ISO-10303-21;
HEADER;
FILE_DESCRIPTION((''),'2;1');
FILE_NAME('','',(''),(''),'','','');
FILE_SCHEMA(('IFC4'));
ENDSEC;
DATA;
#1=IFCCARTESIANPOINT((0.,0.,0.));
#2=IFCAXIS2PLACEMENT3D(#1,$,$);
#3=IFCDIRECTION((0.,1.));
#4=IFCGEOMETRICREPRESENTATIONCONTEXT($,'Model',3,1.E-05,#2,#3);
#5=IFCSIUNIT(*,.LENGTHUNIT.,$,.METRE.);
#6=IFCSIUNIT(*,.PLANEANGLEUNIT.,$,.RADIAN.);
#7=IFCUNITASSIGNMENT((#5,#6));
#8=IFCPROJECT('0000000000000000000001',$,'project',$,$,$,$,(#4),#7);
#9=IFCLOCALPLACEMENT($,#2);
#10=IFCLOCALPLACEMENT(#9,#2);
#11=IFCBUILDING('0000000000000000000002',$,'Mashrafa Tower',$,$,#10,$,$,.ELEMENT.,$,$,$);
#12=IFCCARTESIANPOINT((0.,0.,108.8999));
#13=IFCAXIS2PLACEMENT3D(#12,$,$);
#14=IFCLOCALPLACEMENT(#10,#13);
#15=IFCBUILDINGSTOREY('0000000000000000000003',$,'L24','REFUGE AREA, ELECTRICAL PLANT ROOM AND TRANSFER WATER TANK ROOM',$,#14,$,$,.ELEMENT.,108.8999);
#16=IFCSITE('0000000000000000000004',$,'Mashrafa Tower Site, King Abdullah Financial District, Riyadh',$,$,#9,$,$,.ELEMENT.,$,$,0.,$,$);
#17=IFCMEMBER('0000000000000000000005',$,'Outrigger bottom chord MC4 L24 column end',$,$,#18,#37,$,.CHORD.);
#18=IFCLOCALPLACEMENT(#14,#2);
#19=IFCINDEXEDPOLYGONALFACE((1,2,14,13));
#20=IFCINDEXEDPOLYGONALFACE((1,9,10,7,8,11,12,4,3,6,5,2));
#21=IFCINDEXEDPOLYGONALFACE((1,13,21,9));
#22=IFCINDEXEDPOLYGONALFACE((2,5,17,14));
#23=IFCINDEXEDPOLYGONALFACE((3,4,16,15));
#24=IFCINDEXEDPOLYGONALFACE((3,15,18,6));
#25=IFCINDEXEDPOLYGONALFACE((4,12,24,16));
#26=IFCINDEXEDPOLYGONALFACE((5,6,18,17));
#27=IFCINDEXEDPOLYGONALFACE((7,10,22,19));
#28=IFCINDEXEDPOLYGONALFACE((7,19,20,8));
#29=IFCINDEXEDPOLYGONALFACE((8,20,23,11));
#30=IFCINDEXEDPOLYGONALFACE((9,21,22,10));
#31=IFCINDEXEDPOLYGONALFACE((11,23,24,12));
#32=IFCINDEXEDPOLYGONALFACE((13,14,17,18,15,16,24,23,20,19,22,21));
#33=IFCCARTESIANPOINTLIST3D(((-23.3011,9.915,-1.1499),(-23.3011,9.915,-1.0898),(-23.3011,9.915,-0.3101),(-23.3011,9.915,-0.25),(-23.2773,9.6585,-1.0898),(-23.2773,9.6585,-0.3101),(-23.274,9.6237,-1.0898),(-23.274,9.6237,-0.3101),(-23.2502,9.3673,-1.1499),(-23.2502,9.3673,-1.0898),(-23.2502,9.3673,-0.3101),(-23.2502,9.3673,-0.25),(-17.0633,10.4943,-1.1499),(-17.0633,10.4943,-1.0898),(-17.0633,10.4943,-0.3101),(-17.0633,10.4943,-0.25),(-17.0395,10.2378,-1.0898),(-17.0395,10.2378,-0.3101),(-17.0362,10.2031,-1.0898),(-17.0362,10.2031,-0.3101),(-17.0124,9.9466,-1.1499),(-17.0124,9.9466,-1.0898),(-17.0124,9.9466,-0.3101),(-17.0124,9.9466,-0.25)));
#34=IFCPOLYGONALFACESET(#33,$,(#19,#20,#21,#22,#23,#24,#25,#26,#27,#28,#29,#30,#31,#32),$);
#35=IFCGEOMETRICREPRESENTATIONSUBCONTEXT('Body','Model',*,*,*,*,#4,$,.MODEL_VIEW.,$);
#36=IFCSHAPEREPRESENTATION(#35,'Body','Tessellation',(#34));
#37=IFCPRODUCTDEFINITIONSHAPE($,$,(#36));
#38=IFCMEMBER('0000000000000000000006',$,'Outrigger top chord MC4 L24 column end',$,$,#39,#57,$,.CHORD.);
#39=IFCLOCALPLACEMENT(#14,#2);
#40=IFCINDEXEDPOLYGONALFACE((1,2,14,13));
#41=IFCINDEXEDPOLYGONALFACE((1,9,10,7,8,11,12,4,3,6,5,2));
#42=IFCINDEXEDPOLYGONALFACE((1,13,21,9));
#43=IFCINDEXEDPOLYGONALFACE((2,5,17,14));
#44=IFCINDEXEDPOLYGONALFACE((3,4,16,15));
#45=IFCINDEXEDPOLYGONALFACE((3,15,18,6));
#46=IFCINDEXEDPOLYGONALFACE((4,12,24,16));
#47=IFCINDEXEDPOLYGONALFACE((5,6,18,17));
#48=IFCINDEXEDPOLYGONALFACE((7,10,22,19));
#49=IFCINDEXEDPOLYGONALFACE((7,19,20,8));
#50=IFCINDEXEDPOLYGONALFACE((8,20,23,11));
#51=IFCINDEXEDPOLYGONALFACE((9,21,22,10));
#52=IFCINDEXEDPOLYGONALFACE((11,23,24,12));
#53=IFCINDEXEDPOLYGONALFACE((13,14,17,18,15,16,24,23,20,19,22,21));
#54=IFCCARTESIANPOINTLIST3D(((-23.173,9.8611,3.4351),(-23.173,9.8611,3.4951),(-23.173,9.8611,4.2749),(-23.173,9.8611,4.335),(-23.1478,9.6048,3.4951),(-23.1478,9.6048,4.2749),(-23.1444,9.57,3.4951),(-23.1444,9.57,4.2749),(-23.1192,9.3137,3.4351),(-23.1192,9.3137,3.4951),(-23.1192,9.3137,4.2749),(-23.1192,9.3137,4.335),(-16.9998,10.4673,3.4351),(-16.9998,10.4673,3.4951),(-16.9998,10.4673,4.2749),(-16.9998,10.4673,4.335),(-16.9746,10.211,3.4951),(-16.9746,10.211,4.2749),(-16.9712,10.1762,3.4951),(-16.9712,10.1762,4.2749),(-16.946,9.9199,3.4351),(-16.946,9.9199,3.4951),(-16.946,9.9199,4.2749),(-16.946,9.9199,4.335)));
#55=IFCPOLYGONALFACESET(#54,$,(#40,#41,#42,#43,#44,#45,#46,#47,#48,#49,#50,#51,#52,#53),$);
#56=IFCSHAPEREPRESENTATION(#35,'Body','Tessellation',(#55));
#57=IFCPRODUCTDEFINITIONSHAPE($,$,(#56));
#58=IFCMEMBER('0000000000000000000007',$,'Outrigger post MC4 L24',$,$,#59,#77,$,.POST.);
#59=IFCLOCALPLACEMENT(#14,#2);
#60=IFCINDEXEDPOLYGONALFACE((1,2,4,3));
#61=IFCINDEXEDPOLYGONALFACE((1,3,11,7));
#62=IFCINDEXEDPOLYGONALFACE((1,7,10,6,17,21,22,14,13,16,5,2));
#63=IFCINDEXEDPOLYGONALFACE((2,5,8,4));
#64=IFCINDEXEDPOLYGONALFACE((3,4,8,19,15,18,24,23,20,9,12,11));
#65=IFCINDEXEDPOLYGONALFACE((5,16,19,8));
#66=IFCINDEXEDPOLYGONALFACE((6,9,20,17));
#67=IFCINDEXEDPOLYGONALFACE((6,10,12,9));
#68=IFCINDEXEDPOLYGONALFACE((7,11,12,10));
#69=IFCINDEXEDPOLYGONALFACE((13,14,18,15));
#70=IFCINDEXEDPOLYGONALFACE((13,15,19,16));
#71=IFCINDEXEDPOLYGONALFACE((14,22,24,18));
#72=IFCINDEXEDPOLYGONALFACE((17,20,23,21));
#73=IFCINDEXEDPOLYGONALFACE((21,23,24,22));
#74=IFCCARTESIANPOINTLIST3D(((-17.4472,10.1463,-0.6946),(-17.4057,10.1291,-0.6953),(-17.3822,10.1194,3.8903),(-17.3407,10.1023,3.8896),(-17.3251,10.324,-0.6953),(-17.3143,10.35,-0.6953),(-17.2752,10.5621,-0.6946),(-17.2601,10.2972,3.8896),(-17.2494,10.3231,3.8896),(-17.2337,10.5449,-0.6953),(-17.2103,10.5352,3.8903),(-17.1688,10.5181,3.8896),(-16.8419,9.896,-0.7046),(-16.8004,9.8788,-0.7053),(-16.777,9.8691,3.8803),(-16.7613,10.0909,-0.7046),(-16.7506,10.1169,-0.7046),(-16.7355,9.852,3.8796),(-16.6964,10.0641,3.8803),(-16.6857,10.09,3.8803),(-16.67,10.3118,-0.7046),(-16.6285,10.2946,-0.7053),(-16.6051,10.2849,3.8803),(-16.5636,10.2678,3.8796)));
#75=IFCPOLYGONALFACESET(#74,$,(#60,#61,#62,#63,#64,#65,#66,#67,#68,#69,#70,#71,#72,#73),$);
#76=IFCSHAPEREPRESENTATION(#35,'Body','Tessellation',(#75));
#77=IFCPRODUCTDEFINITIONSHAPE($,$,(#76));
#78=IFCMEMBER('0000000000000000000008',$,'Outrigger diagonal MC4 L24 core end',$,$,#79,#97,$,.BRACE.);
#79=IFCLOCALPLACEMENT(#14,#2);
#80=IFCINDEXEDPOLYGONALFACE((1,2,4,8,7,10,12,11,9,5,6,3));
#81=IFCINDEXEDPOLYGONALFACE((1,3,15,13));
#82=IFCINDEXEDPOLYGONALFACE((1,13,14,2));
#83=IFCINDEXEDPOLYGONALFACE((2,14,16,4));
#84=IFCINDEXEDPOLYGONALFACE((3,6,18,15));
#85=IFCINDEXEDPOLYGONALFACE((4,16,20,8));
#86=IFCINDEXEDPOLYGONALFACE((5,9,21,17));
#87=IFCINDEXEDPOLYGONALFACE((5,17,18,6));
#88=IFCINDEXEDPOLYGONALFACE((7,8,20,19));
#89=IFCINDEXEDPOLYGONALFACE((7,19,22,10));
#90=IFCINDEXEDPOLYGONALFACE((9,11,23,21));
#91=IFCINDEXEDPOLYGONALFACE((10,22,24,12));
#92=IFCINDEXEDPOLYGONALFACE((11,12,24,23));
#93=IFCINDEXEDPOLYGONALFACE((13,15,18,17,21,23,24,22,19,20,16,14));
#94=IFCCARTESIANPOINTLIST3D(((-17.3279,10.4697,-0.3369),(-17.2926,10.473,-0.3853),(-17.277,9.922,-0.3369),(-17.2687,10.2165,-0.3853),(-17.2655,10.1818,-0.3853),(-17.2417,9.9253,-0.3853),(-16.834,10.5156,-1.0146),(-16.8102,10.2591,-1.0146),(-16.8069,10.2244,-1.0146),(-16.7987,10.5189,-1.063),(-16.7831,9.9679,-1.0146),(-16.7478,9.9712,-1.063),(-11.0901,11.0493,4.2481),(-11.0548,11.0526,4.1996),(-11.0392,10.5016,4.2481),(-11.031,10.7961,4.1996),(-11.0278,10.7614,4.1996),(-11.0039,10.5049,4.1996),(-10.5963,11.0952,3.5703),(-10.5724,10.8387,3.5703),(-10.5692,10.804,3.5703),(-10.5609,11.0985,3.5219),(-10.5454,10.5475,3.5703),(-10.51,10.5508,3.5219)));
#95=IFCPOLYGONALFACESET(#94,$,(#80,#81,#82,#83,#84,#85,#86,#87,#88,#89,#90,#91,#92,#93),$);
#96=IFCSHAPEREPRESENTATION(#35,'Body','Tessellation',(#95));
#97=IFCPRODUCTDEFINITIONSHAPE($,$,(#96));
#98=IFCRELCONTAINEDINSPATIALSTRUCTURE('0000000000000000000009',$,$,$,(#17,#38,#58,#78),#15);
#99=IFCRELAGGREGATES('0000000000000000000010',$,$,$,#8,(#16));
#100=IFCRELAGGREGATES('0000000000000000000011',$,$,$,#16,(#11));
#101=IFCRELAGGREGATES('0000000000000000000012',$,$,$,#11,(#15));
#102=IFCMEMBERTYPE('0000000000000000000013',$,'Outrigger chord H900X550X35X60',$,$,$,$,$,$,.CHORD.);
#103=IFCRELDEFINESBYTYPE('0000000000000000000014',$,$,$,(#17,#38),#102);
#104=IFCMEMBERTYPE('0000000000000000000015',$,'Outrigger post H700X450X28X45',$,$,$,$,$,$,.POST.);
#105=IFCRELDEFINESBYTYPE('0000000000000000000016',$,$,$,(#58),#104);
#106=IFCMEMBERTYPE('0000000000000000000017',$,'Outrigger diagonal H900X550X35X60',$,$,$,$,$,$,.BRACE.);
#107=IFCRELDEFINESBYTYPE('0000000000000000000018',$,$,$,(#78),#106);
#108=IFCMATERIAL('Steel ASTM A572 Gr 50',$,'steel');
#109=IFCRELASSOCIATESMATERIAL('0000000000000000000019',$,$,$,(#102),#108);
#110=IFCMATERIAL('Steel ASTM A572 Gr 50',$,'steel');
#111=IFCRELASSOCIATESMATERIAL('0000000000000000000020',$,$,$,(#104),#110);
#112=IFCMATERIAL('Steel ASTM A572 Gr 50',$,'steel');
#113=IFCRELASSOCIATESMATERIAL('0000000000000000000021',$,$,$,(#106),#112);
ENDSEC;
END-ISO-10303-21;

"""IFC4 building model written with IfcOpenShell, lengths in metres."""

from ifc_helpers import new_model, si_unit, direction, frame, origin, origin_2d, place, context, subcontext, project, spatial, i_section, extrude, source, transform, mapped, material, material_profile, profile_set, type_object, type_shapes, element, save


model = new_model("IFC4")

# Units and contexts
model_context = context("Model", 3, precision=1e-05, world=origin(), true_north=direction((0.0, 1.0)))
body_context = subcontext(model_context, "Body", "Model", "MODEL_VIEW")
ifc_project = project(units=[si_unit("LENGTHUNIT", "METRE"), si_unit("PLANEANGLEUNIT", "RADIAN")], contexts=[model_context])

# Site, building, storey
site_placement = place(None, origin())
site = spatial("IfcSite", under=ifc_project, at=site_placement, Name="Mashrafa Tower Site, King Abdullah Financial District, Riyadh", CompositionType="ELEMENT", RefElevation=0.0)
building_placement = place(site_placement, origin())
building = spatial("IfcBuilding", under=site, at=building_placement, Name="Mashrafa Tower", CompositionType="ELEMENT")
storey_placement = place(building_placement, frame((0.0, 0.0, 108.8999)))
storey = spatial("IfcBuildingStorey", under=building, at=storey_placement, Name="L24", Description="REFUGE AREA, ELECTRICAL PLANT ROOM AND TRANSFER WATER TANK ROOM", CompositionType="ELEMENT", Elevation=108.8999)

# Members
ifc_material_1 = material(Name="Steel ASTM A572 Gr 50", Category="steel")
ifc_material_profile_1 = material_profile(ifc_material_1, i_section(OverallWidth=0.55, OverallDepth=0.8999, WebThickness=0.0349, FlangeThickness=0.0601, at=origin_2d()), Name="H900X550X35X60")
ifc_profile_set_1 = profile_set([ifc_material_profile_1], Name="Steel ASTM A572 Gr 50")
member_type_1 = type_object("IfcMemberType", Name="Outrigger chord H900X550X35X60", PredefinedType="CHORD", material=ifc_profile_set_1)
shared_shape_1 = source(origin(), body_context, "Body", "SweptSolid", [
    extrude(i_section(OverallWidth=0.55, OverallDepth=0.8999, WebThickness=0.0349, FlangeThickness=0.0601, at=origin_2d()), origin(), (0.0, 0.0, 1.0), 6.2646),
])
member_1_placement = place(storey_placement, frame((-17.0378, 10.2205, -0.7), z_axis=(-0.995715, -0.092479, 0.0), x_axis=(0.092479, -0.995715, 0.0)))
element("IfcMember", 1, at=member_1_placement, inside=storey, type_object=member_type_1, Name="Outrigger bottom chord MC4 L24 column end", PredefinedType="CHORD", context=body_context, shape_type="MappedRepresentation", body=[
    mapped(shared_shape_1, transform((0.0, 0.0, 0.0))),
])
shared_shape_2 = source(origin(), body_context, "Body", "SweptSolid", [
    extrude(i_section(OverallWidth=0.55, OverallDepth=0.8999, WebThickness=0.0349, FlangeThickness=0.0601, at=origin_2d()), origin(), (0.0, 0.0, 1.0), 6.2029),
])
type_shapes(member_type_1, [shared_shape_1, shared_shape_2])
member_2_placement = place(storey_placement, frame((-16.9729, 10.1936, 3.885), z_axis=(-0.995213, -0.09773, 0.0), x_axis=(0.09773, -0.995213, 0.0)))
element("IfcMember", 2, at=member_2_placement, inside=storey, type_object=member_type_1, Name="Outrigger top chord MC4 L24 column end", PredefinedType="CHORD", context=body_context, shape_type="MappedRepresentation", body=[
    mapped(shared_shape_2, transform((0.0, 0.0, 0.0))),
])
ifc_material_2 = material(Name="Steel ASTM A572 Gr 50", Category="steel")
ifc_material_profile_2 = material_profile(ifc_material_2, i_section(OverallWidth=0.45, OverallDepth=0.7, WebThickness=0.0281, FlangeThickness=0.0449, at=origin_2d()), Name="H700X450X28X45")
ifc_profile_set_2 = profile_set([ifc_material_profile_2], Name="Steel ASTM A572 Gr 50")
member_type_2 = type_object("IfcMemberType", Name="Outrigger post H700X450X28X45", PredefinedType="POST", material=ifc_profile_set_2)
shared_shape_3 = source(origin(), body_context, "Body", "SweptSolid", [
    extrude(i_section(OverallWidth=0.45, OverallDepth=0.7, WebThickness=0.0281, FlangeThickness=0.0449, at=origin_2d()), origin(), (0.0, 0.0, 1.0), 4.5854),
])
type_shapes(member_type_2, [shared_shape_3])
member_3_placement = place(storey_placement, frame((-17.0378, 10.2205, -0.7), z_axis=(0.014162, -0.005857, 0.999883), x_axis=(0.382147, 0.924101, 0.0)))
element("IfcMember", 3, at=member_3_placement, inside=storey, type_object=member_type_2, Name="Outrigger post MC4 L24", PredefinedType="POST", context=body_context, shape_type="MappedRepresentation", body=[
    mapped(shared_shape_3, transform((0.0, 0.0, 0.0))),
])
ifc_material_3 = material(Name="Steel ASTM A572 Gr 50", Category="steel")
ifc_material_profile_3 = material_profile(ifc_material_3, i_section(OverallWidth=0.55, OverallDepth=0.8999, WebThickness=0.0349, FlangeThickness=0.0601, at=origin_2d()), Name="H900X550X35X60")
ifc_profile_set_3 = profile_set([ifc_material_profile_3], Name="Steel ASTM A572 Gr 50")
member_type_3 = type_object("IfcMemberType", Name="Outrigger diagonal H900X550X35X60", PredefinedType="BRACE", material=ifc_profile_set_3)
shared_shape_4 = source(origin(), body_context, "Body", "SweptSolid", [
    extrude(i_section(OverallWidth=0.55, OverallDepth=0.8999, WebThickness=0.0349, FlangeThickness=0.0601, at=origin_2d()), origin(), (0.0, 0.0, 1.0), 7.7632),
])
type_shapes(member_type_3, [shared_shape_4])
member_4_placement = place(storey_placement, frame((-17.0378, 10.2205, -0.7), z_axis=(0.803504, 0.074658, 0.590599), x_axis=(-0.092517, 0.995711, 0.0)))
element("IfcMember", 4, at=member_4_placement, inside=storey, type_object=member_type_3, Name="Outrigger diagonal MC4 L24 core end", PredefinedType="BRACE", context=body_context, shape_type="MappedRepresentation", body=[
    mapped(shared_shape_4, transform((0.0, 0.0, 0.0))),
])

save(model, "model.ifc")
